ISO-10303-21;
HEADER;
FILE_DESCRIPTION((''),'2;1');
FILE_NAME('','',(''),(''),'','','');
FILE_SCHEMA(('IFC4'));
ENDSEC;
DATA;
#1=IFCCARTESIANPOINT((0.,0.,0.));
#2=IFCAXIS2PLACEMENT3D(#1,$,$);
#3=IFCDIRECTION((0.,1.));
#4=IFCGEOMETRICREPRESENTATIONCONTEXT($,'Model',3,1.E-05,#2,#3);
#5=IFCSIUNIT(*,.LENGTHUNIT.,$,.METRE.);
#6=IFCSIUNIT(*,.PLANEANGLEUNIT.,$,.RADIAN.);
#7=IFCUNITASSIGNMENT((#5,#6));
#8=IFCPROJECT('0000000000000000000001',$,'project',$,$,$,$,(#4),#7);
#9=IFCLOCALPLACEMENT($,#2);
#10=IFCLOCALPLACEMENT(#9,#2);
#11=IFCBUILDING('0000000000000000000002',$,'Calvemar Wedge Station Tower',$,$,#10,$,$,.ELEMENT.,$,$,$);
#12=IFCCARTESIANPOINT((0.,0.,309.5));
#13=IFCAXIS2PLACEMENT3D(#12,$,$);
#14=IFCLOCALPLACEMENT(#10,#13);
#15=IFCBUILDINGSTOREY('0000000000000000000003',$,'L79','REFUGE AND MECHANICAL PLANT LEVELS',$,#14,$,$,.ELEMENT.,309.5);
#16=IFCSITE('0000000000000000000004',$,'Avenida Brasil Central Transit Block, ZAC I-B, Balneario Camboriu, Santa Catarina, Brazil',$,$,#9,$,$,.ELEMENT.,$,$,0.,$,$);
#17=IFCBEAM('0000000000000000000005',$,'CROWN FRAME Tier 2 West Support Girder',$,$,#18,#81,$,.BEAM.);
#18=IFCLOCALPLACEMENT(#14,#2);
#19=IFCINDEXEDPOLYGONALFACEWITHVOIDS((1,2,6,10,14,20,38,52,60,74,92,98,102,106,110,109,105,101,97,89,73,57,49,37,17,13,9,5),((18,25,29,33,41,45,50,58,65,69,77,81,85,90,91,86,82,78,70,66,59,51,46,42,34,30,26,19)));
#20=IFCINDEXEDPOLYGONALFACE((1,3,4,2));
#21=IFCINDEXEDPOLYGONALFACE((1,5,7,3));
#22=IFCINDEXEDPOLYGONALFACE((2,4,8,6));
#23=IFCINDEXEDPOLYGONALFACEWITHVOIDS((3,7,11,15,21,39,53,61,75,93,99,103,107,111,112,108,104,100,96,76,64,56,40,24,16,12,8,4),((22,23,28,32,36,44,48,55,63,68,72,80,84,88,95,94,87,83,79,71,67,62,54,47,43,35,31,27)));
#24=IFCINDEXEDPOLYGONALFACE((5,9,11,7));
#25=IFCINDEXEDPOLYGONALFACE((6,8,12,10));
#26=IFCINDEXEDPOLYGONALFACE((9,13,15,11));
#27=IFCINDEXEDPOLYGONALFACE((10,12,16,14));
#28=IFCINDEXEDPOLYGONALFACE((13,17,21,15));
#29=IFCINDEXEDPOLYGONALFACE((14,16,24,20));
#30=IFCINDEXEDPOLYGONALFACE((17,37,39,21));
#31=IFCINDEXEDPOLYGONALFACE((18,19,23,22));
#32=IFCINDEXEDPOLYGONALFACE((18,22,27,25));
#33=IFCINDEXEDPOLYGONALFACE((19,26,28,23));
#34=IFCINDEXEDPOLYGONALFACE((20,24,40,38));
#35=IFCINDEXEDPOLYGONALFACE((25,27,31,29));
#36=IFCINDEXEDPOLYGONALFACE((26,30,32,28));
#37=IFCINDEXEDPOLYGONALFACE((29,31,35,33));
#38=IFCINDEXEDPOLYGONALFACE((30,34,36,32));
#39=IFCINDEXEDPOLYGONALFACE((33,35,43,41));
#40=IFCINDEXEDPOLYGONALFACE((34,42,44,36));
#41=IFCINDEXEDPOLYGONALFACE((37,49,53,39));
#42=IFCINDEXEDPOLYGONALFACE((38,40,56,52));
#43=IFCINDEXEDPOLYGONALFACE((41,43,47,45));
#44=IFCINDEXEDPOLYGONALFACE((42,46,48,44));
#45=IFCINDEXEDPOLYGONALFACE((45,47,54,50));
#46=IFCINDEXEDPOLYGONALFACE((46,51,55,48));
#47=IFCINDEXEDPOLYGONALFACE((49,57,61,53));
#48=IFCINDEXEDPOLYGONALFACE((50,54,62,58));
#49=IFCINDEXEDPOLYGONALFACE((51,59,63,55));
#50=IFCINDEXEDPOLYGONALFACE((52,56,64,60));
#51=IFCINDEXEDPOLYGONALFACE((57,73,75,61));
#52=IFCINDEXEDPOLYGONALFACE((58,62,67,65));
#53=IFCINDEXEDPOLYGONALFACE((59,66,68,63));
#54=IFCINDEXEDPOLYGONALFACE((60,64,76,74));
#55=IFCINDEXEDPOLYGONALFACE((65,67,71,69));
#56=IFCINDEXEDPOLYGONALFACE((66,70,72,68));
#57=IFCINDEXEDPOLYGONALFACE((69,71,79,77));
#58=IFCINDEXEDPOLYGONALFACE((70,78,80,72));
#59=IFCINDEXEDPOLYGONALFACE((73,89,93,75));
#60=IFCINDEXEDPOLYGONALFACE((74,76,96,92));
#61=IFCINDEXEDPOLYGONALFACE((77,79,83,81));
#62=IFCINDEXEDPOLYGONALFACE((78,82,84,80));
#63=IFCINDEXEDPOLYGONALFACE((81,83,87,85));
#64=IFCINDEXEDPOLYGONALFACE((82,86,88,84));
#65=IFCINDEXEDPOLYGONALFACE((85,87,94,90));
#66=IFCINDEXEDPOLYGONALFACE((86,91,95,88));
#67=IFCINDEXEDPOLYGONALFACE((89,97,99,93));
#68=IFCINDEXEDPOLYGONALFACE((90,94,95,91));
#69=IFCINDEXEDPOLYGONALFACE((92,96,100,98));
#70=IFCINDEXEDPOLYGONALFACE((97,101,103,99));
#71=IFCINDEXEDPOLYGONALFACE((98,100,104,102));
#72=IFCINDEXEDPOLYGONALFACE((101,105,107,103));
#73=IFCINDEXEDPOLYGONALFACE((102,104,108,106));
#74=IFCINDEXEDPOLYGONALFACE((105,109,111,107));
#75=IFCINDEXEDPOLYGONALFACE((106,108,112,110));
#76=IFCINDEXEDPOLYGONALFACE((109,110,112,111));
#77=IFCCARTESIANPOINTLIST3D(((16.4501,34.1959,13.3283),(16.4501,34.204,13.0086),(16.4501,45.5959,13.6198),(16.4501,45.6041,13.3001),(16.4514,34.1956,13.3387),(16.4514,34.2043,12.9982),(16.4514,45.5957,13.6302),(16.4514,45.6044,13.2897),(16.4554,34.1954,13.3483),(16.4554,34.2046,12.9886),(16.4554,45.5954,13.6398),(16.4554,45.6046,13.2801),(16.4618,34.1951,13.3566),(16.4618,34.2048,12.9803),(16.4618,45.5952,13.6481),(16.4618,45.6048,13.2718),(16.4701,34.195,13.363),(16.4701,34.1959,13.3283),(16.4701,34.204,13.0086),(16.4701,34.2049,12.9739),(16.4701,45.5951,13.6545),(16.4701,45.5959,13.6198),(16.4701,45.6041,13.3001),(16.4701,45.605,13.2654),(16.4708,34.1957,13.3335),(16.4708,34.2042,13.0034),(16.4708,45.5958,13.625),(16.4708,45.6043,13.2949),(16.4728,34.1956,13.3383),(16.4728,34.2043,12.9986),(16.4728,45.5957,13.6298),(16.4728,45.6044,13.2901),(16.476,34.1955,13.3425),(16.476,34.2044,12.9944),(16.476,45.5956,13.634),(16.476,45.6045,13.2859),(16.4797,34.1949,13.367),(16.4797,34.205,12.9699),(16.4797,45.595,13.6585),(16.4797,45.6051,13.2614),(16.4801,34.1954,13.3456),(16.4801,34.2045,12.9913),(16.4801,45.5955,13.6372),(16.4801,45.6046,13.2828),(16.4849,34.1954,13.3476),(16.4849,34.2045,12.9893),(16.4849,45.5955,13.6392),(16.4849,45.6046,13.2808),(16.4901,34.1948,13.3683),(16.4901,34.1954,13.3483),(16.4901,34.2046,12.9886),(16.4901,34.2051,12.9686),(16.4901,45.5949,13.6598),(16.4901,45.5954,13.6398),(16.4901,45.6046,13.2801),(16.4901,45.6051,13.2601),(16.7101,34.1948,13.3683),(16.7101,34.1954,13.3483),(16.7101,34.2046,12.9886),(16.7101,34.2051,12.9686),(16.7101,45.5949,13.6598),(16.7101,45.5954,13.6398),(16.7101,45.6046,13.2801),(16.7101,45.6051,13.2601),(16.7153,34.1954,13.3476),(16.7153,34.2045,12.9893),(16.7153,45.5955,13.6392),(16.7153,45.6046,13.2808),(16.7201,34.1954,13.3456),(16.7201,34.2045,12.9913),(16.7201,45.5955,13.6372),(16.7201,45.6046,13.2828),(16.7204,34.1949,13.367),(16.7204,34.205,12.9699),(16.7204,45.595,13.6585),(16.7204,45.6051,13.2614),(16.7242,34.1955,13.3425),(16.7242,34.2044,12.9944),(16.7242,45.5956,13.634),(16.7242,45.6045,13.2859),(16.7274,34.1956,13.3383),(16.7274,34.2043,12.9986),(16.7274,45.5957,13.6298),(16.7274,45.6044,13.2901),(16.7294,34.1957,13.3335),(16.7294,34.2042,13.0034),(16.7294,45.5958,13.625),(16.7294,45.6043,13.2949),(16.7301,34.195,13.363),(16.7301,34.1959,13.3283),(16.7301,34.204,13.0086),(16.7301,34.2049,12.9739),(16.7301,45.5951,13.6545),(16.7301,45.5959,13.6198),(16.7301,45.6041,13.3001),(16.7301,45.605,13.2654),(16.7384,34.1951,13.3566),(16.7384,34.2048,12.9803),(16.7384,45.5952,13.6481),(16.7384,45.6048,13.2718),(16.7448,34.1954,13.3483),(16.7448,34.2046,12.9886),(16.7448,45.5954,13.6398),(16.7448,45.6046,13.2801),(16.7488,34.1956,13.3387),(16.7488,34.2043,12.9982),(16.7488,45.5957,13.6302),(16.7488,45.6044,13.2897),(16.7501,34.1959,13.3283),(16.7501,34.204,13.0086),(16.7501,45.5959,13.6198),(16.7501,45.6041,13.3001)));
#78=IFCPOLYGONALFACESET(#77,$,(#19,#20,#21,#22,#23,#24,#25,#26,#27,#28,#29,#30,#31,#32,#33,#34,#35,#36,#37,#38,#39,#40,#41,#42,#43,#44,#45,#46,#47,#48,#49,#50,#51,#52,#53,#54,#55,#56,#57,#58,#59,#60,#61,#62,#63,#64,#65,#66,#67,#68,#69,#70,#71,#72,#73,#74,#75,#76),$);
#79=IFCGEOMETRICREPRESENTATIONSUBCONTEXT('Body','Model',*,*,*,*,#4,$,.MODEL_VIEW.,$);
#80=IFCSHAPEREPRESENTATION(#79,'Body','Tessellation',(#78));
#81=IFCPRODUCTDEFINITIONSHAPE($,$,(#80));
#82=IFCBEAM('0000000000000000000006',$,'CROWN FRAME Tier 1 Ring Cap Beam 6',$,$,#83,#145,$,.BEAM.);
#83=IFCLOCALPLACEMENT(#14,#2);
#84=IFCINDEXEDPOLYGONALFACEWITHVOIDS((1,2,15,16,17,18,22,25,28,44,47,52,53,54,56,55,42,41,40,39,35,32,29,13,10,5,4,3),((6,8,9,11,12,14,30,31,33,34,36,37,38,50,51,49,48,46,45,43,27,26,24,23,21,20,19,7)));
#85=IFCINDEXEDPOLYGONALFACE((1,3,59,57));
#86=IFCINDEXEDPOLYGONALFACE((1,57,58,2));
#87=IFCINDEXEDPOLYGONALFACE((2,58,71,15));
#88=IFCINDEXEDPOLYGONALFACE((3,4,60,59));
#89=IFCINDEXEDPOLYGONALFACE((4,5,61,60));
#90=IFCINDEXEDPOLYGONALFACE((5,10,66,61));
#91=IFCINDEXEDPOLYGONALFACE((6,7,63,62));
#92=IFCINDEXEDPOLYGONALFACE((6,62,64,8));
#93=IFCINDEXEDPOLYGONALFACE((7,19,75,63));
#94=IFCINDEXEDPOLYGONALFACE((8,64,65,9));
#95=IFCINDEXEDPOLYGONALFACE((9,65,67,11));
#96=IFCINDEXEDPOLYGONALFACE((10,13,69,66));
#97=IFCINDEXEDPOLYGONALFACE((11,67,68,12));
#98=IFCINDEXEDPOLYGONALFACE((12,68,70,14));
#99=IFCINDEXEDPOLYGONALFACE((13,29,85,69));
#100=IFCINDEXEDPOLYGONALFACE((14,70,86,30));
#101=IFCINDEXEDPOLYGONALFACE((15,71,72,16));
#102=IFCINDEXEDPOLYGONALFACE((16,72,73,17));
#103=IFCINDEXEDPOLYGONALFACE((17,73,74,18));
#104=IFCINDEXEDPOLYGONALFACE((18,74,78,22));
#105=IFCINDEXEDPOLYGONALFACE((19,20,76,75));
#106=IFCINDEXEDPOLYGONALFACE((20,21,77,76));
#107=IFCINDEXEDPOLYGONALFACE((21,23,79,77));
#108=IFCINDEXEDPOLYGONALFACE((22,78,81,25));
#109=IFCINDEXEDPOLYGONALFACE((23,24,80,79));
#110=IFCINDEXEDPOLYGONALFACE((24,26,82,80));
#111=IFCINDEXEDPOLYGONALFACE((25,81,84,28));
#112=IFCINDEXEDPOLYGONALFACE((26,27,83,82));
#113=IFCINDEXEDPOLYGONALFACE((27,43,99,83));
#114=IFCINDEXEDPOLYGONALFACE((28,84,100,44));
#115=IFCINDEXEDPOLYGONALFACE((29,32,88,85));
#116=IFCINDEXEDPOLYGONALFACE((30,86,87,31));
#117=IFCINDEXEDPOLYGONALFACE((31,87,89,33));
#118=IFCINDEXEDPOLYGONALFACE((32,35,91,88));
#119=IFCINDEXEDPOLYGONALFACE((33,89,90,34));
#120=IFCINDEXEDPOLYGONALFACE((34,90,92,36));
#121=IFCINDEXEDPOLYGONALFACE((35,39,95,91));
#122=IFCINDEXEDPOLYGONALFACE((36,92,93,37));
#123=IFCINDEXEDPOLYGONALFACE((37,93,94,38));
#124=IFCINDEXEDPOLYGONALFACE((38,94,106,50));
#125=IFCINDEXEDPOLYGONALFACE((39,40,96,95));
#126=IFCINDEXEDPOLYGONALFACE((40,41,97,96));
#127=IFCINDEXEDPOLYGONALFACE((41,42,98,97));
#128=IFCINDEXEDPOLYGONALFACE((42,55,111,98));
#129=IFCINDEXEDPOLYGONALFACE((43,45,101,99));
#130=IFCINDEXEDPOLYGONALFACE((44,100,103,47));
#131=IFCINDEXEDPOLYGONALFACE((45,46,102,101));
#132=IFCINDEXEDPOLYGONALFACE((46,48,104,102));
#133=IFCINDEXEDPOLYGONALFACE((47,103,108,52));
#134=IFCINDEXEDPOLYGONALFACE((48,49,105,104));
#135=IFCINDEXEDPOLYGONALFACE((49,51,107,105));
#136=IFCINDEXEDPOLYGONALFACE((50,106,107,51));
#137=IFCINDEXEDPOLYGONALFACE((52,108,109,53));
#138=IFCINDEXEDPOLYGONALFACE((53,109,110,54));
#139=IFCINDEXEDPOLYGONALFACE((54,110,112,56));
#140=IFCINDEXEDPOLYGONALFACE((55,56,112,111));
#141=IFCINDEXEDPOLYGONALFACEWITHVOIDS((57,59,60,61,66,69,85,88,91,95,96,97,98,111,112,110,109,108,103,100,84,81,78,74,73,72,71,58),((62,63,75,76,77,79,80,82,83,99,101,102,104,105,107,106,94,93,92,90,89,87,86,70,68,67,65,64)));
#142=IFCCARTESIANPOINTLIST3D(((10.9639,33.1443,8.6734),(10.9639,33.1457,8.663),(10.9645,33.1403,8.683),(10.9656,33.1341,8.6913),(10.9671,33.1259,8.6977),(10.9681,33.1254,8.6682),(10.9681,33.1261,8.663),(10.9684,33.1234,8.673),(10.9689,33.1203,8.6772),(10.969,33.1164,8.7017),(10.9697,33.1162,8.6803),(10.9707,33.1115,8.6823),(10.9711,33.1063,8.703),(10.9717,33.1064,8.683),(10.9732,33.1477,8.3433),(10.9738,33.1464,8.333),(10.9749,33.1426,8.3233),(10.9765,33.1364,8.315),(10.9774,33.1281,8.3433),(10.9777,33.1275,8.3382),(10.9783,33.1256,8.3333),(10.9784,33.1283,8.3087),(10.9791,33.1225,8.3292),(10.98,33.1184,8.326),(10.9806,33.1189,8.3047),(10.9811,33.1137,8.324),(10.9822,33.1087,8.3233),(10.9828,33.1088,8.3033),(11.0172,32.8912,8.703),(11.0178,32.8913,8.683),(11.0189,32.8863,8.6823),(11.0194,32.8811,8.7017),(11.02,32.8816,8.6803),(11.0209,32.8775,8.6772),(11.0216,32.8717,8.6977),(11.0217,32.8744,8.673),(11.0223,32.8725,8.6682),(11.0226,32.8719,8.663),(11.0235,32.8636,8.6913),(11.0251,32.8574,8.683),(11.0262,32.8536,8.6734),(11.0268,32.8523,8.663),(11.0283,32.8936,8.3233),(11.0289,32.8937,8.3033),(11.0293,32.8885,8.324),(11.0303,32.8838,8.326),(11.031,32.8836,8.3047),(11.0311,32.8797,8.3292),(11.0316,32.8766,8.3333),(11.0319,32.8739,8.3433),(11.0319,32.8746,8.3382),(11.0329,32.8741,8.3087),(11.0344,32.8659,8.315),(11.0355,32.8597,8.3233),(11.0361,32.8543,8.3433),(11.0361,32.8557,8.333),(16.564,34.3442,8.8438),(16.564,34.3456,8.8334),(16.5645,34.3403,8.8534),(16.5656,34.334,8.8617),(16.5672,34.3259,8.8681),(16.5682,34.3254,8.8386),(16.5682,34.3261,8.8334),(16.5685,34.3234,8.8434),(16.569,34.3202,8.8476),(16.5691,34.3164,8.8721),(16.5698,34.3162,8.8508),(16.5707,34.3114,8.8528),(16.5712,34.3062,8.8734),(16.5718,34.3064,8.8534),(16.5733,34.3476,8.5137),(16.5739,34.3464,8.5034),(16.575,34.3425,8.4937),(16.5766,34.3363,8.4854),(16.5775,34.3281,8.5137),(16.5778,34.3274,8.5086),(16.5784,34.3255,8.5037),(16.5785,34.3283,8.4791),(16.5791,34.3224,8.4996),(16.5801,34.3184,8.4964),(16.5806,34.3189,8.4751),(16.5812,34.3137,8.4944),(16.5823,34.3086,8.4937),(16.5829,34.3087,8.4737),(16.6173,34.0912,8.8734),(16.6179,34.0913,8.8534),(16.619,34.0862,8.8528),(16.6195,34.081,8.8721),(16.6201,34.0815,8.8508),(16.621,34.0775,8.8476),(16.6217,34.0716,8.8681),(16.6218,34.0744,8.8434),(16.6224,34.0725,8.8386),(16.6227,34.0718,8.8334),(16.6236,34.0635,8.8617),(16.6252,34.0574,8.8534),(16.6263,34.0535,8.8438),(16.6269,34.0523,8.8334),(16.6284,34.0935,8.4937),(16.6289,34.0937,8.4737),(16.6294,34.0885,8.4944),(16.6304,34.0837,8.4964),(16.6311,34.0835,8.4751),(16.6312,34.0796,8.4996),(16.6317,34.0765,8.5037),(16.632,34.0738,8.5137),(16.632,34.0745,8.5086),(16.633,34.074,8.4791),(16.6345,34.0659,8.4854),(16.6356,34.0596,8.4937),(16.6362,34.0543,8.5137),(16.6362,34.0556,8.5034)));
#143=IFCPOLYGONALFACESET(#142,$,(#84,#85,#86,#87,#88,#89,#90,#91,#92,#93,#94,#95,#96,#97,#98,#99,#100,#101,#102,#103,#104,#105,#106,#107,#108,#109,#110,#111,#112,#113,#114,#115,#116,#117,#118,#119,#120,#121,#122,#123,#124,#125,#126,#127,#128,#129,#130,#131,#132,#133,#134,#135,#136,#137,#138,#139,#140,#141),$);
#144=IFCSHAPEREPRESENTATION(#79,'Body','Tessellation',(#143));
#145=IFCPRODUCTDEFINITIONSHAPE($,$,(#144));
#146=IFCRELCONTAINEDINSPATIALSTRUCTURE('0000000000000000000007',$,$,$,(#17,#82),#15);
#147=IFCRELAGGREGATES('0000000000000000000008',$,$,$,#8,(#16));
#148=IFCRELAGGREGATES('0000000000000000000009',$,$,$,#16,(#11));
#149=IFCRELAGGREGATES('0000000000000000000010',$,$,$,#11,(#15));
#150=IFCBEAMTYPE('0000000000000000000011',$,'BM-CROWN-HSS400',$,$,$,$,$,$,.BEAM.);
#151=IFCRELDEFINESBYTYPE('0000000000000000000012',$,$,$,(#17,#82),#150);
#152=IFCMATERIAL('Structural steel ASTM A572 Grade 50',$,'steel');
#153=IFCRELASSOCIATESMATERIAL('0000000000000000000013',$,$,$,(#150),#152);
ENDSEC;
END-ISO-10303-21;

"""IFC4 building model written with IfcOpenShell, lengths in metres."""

from ifc_helpers import new_model, si_unit, direction, frame, origin, origin_2d, place, context, subcontext, project, spatial, hollow_rectangle, extrude, source, transform, mapped, material, material_profile, profile_set, type_object, element, save


model = new_model("IFC4")

# Units and contexts
model_context = context("Model", 3, precision=1e-05, world=origin(), true_north=direction((0.0, 1.0)))
body_context = subcontext(model_context, "Body", "Model", "MODEL_VIEW")
ifc_project = project(units=[si_unit("LENGTHUNIT", "METRE"), si_unit("PLANEANGLEUNIT", "RADIAN")], contexts=[model_context])

# Site, building, storey
site_placement = place(None, origin())
site = spatial("IfcSite", under=ifc_project, at=site_placement, Name="Avenida Brasil Central Transit Block, ZAC I-B, Balneario Camboriu, Santa Catarina, Brazil", CompositionType="ELEMENT", RefElevation=0.0)
building_placement = place(site_placement, origin())
building = spatial("IfcBuilding", under=site, at=building_placement, Name="Calvemar Wedge Station Tower", CompositionType="ELEMENT")
storey_placement = place(building_placement, frame((0.0, 0.0, 309.5)))
storey = spatial("IfcBuildingStorey", under=building, at=storey_placement, Name="L79", Description="REFUGE AND MECHANICAL PLANT LEVELS", CompositionType="ELEMENT", Elevation=309.5)

# Shared definitions
ifc_material_1 = material(Name="Structural steel ASTM A572 Grade 50", Category="steel")

# Shared definitions
ifc_material_profile_1 = material_profile(ifc_material_1, hollow_rectangle(XDim=0.3, YDim=0.3999, WallThickness=0.02, InnerFilletRadius=0.02, OuterFilletRadius=0.04, at=origin_2d()), Name="HSS400x300x20")
ifc_profile_set_1 = profile_set([ifc_material_profile_1], Name="Structural steel ASTM A572 Grade 50")
beam_type_1 = type_object("IfcBeamType", Name="BM-CROWN-HSS400", PredefinedType="BEAM", material=ifc_profile_set_1)

# Beams
shared_shape_1 = source(origin(), body_context, "Body", "SweptSolid", [
    extrude(hollow_rectangle(XDim=0.3, YDim=0.3999, WallThickness=0.02, InnerFilletRadius=0.02, OuterFilletRadius=0.04, at=origin_2d()), origin(), (0.0, 0.0, 1.0), 11.4038),
])
for number, where, z_axis, x_axis, name in (
    (1, (16.6001, 34.2, 13.1685), (0.0, 0.999673, 0.025562), (-1.0, 0.0, 0.0), "CROWN FRAME Tier 2 West Support Girder"),
):
    element("IfcBeam", number, at=place(storey_placement, frame(where, z_axis=z_axis, x_axis=x_axis)), inside=storey, type_object=beam_type_1, Name=name, PredefinedType="BEAM", context=body_context, shape_type="MappedRepresentation", body=[
        mapped(shared_shape_1, transform((0.0, 0.0, 0.0), scale=1.0)),
    ])
shared_shape_2 = source(origin(), body_context, "Body", "SweptSolid", [
    extrude(hollow_rectangle(XDim=0.3, YDim=0.3999, WallThickness=0.02, InnerFilletRadius=0.02, OuterFilletRadius=0.04, at=origin_2d()), origin(), (0.0, 0.0, 1.0), 5.7297),
])
for number, where, z_axis, x_axis, name in (
    (2, (11.0, 33.0, 8.5032), (0.977372, 0.209425, 0.029741), (-0.209517, 0.977805, 0.0), "CROWN FRAME Tier 1 Ring Cap Beam 6"),
):
    element("IfcBeam", number, at=place(storey_placement, frame(where, z_axis=z_axis, x_axis=x_axis)), inside=storey, type_object=beam_type_1, Name=name, PredefinedType="BEAM", context=body_context, shape_type="MappedRepresentation", body=[
        mapped(shared_shape_2, transform((0.0, 0.0, 0.0), scale=1.0)),
    ])

save(model, "model.ifc")
